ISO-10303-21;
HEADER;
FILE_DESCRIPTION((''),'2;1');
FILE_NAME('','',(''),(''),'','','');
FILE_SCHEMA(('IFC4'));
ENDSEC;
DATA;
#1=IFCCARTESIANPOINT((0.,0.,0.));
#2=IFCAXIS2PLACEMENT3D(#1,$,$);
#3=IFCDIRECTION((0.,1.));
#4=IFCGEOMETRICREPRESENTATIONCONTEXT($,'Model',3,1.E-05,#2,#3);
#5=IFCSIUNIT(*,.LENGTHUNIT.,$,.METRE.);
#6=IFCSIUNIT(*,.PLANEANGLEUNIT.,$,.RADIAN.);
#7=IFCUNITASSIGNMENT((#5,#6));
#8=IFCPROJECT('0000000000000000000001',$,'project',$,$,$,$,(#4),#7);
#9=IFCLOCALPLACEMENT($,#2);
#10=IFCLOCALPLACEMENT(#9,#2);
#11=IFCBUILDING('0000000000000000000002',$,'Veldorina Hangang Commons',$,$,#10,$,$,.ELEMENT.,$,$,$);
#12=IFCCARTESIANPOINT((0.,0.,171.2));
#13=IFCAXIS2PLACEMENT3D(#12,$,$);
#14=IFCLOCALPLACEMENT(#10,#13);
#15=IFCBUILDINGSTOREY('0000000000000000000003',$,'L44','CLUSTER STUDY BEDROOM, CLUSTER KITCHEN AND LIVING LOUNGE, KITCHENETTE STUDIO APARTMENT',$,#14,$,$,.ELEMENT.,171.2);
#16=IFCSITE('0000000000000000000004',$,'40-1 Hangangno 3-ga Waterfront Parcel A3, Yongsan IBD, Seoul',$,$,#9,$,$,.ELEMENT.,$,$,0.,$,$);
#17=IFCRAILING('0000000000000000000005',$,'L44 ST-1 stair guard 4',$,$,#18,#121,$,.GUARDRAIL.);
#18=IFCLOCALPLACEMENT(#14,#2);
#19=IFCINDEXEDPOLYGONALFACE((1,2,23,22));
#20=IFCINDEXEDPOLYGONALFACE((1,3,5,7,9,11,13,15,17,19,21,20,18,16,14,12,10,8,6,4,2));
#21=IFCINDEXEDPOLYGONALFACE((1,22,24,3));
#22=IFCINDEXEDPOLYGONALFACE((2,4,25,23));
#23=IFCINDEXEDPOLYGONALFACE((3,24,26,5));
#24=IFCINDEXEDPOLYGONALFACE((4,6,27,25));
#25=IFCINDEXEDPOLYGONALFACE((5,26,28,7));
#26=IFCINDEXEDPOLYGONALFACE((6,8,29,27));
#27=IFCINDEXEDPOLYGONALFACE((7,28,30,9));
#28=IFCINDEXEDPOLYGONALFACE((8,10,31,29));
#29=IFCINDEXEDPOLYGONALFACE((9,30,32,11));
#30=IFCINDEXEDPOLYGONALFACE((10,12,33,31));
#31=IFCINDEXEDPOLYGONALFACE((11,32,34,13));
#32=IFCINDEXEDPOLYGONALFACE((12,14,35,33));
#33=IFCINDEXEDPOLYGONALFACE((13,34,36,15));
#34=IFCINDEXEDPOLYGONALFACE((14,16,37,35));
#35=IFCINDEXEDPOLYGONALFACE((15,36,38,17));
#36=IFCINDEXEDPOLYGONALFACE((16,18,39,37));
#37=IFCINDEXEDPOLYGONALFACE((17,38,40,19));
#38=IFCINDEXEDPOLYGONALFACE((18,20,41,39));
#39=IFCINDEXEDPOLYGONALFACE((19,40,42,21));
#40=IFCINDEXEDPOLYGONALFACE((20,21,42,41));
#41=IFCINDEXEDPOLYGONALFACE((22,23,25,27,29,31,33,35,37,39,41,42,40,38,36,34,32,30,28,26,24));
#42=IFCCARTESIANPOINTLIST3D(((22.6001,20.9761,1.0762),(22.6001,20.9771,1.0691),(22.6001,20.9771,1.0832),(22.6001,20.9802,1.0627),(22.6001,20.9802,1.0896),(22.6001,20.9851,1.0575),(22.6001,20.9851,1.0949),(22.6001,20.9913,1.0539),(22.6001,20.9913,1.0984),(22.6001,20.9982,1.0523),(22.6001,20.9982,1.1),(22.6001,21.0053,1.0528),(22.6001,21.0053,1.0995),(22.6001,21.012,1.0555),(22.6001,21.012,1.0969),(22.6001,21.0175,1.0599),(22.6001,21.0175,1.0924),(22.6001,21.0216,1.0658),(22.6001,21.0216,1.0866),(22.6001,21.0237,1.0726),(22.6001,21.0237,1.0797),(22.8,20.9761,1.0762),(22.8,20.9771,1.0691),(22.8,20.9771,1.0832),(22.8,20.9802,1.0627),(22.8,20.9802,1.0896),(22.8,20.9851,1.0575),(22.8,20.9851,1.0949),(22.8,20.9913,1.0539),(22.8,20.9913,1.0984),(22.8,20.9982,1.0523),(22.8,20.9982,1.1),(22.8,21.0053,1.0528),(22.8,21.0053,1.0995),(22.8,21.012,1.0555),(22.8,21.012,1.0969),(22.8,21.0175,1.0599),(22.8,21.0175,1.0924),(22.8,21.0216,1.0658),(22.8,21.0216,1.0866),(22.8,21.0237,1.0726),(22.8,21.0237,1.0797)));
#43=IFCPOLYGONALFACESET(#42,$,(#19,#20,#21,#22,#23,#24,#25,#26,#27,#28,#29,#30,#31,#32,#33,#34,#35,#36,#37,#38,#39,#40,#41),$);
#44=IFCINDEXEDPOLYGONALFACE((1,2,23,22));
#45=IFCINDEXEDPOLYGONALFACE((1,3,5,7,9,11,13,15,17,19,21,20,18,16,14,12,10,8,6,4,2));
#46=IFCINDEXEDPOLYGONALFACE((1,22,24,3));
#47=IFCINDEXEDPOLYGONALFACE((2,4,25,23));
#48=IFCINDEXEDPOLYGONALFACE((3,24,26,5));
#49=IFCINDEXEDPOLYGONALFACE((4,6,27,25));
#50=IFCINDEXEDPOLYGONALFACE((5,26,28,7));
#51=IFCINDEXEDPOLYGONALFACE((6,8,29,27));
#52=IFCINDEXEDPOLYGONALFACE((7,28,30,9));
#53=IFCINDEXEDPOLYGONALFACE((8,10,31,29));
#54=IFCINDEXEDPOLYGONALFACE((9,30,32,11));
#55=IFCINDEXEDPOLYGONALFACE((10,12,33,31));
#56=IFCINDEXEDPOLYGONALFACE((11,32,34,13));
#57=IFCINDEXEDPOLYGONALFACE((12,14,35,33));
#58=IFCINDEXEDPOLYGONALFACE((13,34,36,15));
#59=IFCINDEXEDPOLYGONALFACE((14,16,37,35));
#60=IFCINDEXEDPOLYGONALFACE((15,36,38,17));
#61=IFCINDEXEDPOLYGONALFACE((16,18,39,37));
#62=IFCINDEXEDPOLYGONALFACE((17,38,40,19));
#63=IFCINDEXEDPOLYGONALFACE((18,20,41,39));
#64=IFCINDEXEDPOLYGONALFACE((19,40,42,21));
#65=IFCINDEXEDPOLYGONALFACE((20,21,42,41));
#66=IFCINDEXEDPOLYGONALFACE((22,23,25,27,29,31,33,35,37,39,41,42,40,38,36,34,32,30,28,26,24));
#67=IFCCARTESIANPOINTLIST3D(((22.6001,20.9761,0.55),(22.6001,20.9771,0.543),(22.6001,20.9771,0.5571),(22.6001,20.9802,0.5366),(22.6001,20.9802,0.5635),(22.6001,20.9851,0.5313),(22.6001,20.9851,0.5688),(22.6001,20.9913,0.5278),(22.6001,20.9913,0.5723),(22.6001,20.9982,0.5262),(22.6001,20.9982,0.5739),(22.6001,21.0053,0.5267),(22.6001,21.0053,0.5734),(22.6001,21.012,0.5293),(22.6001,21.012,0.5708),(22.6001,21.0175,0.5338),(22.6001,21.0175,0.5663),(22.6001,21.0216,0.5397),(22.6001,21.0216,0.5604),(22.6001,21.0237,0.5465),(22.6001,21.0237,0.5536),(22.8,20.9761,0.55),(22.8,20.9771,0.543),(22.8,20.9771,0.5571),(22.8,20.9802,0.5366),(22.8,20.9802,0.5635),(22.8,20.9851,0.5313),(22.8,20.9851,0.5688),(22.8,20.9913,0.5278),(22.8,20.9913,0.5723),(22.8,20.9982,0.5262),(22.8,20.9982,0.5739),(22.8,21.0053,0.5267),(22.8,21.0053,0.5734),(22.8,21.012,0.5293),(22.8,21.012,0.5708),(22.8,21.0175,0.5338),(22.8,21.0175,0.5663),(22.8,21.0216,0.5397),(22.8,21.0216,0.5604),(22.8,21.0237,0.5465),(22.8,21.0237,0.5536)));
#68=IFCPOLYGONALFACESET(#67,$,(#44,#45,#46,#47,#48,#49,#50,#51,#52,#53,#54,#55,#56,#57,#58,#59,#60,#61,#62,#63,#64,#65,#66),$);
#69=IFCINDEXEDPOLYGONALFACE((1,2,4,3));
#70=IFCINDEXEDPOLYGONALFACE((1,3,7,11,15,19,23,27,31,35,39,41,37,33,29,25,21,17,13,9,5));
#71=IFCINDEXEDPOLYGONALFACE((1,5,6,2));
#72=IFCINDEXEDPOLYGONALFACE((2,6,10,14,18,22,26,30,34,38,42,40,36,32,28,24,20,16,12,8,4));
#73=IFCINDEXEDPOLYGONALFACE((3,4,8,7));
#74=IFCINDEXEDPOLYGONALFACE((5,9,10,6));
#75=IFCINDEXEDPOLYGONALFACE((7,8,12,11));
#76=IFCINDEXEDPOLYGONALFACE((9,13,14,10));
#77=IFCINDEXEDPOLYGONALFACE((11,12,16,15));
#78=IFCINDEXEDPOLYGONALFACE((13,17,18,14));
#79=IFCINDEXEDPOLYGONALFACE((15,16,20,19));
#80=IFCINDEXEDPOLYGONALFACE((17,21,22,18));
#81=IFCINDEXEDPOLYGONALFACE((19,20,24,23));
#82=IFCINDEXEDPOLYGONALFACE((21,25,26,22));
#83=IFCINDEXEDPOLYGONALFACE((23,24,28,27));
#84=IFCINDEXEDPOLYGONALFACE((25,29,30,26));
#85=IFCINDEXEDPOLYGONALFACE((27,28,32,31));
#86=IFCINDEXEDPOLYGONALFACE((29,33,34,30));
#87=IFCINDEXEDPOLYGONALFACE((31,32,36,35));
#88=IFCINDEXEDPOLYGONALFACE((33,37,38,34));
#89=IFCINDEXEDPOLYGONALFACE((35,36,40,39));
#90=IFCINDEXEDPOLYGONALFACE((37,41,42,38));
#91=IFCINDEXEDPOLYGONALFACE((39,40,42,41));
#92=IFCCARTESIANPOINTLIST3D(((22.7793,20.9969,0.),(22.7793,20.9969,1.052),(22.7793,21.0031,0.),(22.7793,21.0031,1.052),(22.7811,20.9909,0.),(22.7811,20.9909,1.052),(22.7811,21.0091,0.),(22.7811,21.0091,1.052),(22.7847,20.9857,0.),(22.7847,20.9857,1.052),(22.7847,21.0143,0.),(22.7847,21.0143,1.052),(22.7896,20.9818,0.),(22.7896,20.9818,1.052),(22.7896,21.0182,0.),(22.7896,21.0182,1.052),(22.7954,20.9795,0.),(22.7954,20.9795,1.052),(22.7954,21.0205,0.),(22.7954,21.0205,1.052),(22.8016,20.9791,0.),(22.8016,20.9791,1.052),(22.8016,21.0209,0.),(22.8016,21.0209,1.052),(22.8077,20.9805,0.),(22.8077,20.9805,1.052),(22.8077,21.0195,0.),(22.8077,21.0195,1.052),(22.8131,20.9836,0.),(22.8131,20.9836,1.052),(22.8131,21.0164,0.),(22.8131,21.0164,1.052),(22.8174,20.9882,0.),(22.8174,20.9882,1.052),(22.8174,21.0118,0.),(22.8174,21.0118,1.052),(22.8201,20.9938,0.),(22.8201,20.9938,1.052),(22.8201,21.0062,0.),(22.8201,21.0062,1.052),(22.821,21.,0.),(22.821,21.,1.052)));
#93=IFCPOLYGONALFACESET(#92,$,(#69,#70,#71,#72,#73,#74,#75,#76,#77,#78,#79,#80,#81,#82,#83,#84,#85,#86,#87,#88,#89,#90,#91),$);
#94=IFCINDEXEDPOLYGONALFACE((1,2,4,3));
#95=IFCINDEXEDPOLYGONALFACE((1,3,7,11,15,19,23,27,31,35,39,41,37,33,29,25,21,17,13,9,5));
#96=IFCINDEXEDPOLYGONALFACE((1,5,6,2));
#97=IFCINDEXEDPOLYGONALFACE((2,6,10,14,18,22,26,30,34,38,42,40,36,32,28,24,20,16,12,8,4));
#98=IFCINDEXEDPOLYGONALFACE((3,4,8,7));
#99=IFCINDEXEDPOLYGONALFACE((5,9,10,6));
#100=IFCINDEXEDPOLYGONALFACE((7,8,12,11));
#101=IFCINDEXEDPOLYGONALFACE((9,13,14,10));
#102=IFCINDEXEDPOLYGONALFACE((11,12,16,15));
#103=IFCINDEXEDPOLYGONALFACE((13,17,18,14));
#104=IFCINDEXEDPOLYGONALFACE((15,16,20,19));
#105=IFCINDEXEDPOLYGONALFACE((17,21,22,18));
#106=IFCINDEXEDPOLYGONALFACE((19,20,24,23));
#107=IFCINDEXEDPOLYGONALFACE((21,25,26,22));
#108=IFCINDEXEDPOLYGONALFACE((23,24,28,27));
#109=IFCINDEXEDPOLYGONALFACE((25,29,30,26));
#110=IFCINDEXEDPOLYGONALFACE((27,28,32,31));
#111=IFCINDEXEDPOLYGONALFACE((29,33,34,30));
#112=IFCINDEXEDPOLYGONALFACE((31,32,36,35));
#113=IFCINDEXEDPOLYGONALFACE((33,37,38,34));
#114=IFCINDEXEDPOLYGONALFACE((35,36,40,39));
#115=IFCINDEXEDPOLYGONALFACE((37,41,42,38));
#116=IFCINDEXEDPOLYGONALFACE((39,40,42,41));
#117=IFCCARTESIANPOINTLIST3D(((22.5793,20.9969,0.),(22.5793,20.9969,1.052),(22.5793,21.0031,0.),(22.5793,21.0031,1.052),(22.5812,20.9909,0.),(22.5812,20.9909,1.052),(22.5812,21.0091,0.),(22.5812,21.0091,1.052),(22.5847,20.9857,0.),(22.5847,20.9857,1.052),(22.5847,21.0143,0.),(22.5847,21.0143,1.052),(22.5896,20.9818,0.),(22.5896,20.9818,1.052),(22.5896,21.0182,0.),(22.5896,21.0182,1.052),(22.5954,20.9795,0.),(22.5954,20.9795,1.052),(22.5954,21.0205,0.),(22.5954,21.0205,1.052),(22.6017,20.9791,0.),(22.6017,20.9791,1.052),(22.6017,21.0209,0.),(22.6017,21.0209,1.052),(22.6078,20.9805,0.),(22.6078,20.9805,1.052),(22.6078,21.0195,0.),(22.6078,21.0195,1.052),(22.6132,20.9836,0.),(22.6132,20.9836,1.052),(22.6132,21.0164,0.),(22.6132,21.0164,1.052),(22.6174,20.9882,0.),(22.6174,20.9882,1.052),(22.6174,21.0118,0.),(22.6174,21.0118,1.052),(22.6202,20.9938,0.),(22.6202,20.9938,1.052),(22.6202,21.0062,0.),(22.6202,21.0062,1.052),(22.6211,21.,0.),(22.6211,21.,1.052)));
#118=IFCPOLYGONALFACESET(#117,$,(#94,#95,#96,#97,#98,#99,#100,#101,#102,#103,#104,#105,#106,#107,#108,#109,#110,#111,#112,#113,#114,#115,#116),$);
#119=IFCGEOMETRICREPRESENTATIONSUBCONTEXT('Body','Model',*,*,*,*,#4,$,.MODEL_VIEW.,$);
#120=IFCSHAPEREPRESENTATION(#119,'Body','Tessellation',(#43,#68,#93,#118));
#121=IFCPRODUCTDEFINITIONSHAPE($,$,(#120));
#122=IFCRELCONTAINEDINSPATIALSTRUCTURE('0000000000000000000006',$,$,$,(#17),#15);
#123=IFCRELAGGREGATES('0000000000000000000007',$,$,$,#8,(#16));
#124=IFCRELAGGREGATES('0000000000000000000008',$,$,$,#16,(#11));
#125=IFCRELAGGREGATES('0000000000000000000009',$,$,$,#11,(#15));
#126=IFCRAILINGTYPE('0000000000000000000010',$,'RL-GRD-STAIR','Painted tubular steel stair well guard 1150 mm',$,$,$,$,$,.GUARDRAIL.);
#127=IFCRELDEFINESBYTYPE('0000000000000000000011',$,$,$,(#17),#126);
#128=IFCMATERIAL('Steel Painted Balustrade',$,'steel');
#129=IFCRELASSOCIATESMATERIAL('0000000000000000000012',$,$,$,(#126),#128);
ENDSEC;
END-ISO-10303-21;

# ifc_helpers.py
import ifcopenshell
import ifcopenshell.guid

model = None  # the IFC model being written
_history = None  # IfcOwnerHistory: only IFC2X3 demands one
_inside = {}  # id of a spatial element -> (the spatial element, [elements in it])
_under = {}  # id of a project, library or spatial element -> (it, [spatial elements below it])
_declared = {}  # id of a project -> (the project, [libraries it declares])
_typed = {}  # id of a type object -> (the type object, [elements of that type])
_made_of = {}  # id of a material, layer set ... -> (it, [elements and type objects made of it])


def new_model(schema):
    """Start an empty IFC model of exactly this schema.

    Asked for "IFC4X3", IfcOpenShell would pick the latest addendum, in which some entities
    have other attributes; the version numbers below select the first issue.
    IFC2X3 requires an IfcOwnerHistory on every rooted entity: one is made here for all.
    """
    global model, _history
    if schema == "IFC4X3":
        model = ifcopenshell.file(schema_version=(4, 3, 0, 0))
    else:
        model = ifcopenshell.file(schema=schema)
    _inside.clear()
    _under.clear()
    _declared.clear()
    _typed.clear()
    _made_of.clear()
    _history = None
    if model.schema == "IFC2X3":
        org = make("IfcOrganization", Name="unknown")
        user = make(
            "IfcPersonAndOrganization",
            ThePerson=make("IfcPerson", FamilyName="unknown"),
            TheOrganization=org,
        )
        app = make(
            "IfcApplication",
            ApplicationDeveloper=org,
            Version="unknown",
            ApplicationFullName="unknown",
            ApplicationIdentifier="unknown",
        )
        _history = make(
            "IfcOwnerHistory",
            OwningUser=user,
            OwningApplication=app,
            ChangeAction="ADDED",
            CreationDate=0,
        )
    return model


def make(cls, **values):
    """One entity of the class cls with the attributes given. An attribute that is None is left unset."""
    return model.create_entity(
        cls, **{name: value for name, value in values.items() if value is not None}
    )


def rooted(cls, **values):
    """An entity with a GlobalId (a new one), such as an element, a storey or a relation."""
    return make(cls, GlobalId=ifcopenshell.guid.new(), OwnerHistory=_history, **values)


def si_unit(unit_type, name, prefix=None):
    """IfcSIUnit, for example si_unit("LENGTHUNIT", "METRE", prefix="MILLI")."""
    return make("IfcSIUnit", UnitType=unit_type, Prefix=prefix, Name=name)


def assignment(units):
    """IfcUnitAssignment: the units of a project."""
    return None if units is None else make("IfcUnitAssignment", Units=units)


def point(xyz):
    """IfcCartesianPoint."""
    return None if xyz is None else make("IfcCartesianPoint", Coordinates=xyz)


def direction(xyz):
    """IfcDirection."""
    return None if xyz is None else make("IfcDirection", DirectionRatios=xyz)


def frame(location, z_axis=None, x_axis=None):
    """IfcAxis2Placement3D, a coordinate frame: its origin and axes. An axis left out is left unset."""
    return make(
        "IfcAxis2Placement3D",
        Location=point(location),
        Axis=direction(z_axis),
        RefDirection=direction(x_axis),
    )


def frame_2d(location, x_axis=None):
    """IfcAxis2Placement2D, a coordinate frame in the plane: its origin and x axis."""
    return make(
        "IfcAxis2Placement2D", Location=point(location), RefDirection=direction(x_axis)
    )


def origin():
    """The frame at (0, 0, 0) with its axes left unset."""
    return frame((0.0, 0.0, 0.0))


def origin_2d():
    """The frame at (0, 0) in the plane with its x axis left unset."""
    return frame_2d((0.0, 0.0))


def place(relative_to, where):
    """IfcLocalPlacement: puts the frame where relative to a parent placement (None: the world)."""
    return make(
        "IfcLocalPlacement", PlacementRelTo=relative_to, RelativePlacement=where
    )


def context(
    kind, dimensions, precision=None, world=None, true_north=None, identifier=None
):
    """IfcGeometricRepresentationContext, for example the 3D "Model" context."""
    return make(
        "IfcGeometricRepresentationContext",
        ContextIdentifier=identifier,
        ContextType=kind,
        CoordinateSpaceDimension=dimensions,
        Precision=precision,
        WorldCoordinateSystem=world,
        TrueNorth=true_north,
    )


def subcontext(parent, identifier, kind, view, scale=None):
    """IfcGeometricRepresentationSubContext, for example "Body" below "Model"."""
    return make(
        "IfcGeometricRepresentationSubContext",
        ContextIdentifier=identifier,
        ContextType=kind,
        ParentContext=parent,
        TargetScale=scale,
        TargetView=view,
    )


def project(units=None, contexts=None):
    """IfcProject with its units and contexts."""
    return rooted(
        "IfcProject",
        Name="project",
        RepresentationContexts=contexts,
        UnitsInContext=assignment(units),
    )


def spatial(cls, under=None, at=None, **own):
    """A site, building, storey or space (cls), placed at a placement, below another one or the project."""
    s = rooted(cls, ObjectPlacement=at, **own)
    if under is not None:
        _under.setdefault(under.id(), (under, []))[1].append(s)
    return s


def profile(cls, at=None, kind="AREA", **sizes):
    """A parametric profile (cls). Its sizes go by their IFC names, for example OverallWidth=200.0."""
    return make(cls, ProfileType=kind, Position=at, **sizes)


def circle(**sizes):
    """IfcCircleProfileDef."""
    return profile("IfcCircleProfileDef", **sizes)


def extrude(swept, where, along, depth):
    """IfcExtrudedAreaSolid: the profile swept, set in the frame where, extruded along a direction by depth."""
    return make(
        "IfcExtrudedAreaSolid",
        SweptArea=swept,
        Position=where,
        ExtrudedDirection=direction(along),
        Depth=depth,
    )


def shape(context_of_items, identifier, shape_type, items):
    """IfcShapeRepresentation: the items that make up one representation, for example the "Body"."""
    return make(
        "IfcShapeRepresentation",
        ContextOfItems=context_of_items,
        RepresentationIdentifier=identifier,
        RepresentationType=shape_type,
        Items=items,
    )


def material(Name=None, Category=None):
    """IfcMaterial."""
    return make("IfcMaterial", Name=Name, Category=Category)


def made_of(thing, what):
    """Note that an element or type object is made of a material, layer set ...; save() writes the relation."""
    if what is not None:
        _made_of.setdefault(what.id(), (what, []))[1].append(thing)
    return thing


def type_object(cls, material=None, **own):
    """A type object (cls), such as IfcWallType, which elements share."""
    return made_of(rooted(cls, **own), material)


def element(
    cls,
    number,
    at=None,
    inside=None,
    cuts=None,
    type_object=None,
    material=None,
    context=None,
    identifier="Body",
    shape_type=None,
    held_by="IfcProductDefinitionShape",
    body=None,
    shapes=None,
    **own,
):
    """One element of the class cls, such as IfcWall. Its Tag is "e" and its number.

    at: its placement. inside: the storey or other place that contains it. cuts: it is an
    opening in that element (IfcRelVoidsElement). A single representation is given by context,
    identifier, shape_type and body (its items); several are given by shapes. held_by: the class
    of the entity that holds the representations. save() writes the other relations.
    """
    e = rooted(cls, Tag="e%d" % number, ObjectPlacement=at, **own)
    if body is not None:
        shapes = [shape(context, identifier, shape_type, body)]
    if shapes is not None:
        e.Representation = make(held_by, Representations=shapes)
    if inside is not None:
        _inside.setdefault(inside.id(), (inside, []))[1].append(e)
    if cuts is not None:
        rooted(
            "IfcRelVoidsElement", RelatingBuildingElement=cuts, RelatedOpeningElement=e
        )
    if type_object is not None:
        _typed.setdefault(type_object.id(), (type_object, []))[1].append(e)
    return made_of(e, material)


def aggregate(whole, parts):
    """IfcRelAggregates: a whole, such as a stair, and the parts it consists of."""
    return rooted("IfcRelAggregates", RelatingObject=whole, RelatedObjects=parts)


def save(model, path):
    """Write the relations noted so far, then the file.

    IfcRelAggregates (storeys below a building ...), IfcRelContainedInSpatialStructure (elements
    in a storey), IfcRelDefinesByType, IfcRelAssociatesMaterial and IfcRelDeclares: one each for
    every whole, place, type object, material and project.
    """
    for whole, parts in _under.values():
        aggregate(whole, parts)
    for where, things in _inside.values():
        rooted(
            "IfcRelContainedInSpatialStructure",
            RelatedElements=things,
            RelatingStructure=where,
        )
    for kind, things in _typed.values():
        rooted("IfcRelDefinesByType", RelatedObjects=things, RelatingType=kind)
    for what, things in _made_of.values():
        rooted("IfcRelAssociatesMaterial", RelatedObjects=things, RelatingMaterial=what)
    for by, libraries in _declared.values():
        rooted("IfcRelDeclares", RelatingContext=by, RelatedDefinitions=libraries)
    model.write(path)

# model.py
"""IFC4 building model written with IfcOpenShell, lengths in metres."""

from ifc_helpers import new_model, si_unit, direction, frame, origin, origin_2d, place, context, subcontext, project, spatial, circle, extrude, material, type_object, element, save


model = new_model("IFC4")

# Units and contexts
model_context = context("Model", 3, precision=1e-05, world=origin(), true_north=direction((0.0, 1.0)))
body_context = subcontext(model_context, "Body", "Model", "MODEL_VIEW")
ifc_project = project(units=[si_unit("LENGTHUNIT", "METRE"), si_unit("PLANEANGLEUNIT", "RADIAN")], contexts=[model_context])

# Site, building, storey
site_placement = place(None, origin())
site = spatial("IfcSite", under=ifc_project, at=site_placement, Name="40-1 Hangangno 3-ga Waterfront Parcel A3, Yongsan IBD, Seoul", CompositionType="ELEMENT", RefElevation=0.0)
building_placement = place(site_placement, origin())
building = spatial("IfcBuilding", under=site, at=building_placement, Name="Veldorina Hangang Commons", CompositionType="ELEMENT")
storey_placement = place(building_placement, frame((0.0, 0.0, 171.2)))
storey = spatial("IfcBuildingStorey", under=building, at=storey_placement, Name="L44", Description="CLUSTER STUDY BEDROOM, CLUSTER KITCHEN AND LIVING LOUNGE, KITCHENETTE STUDIO APARTMENT", CompositionType="ELEMENT", Elevation=171.2)

# Railing
ifc_material_1 = material(Name="Steel Painted Balustrade", Category="steel")
railing_type_1 = type_object("IfcRailingType", Name="RL-GRD-STAIR", Description="Painted tubular steel stair well guard 1150 mm", PredefinedType="GUARDRAIL", material=ifc_material_1)
railing_1_placement = place(storey_placement, frame((22.8, 21.0, 0.0)))
element("IfcRailing", 1, at=railing_1_placement, inside=storey, type_object=railing_type_1, Name="L44 ST-1 stair guard 4", PredefinedType="GUARDRAIL", context=body_context, shape_type="SweptSolid", body=[
    extrude(circle(Radius=0.0239, at=origin_2d()), frame((0.0, 0.0, 1.0762), z_axis=(-1.0, 0.0, 0.0), x_axis=(0.0, -1.0, 0.0)), (0.0, 0.0, 1.0), 0.2),
    extrude(circle(Radius=0.0239, at=origin_2d()), frame((0.0, 0.0, 0.55), z_axis=(-1.0, 0.0, 0.0), x_axis=(0.0, -1.0, 0.0)), (0.0, 0.0, 1.0), 0.2),
    extrude(circle(Radius=0.021, at=origin_2d()), origin(), (0.0, 0.0, 1.0), 1.052),
    extrude(circle(Radius=0.021, at=origin_2d()), frame((-0.2, 0.0, 0.0)), (0.0, 0.0, 1.0), 1.052),
])

save(model, "model.ifc")
